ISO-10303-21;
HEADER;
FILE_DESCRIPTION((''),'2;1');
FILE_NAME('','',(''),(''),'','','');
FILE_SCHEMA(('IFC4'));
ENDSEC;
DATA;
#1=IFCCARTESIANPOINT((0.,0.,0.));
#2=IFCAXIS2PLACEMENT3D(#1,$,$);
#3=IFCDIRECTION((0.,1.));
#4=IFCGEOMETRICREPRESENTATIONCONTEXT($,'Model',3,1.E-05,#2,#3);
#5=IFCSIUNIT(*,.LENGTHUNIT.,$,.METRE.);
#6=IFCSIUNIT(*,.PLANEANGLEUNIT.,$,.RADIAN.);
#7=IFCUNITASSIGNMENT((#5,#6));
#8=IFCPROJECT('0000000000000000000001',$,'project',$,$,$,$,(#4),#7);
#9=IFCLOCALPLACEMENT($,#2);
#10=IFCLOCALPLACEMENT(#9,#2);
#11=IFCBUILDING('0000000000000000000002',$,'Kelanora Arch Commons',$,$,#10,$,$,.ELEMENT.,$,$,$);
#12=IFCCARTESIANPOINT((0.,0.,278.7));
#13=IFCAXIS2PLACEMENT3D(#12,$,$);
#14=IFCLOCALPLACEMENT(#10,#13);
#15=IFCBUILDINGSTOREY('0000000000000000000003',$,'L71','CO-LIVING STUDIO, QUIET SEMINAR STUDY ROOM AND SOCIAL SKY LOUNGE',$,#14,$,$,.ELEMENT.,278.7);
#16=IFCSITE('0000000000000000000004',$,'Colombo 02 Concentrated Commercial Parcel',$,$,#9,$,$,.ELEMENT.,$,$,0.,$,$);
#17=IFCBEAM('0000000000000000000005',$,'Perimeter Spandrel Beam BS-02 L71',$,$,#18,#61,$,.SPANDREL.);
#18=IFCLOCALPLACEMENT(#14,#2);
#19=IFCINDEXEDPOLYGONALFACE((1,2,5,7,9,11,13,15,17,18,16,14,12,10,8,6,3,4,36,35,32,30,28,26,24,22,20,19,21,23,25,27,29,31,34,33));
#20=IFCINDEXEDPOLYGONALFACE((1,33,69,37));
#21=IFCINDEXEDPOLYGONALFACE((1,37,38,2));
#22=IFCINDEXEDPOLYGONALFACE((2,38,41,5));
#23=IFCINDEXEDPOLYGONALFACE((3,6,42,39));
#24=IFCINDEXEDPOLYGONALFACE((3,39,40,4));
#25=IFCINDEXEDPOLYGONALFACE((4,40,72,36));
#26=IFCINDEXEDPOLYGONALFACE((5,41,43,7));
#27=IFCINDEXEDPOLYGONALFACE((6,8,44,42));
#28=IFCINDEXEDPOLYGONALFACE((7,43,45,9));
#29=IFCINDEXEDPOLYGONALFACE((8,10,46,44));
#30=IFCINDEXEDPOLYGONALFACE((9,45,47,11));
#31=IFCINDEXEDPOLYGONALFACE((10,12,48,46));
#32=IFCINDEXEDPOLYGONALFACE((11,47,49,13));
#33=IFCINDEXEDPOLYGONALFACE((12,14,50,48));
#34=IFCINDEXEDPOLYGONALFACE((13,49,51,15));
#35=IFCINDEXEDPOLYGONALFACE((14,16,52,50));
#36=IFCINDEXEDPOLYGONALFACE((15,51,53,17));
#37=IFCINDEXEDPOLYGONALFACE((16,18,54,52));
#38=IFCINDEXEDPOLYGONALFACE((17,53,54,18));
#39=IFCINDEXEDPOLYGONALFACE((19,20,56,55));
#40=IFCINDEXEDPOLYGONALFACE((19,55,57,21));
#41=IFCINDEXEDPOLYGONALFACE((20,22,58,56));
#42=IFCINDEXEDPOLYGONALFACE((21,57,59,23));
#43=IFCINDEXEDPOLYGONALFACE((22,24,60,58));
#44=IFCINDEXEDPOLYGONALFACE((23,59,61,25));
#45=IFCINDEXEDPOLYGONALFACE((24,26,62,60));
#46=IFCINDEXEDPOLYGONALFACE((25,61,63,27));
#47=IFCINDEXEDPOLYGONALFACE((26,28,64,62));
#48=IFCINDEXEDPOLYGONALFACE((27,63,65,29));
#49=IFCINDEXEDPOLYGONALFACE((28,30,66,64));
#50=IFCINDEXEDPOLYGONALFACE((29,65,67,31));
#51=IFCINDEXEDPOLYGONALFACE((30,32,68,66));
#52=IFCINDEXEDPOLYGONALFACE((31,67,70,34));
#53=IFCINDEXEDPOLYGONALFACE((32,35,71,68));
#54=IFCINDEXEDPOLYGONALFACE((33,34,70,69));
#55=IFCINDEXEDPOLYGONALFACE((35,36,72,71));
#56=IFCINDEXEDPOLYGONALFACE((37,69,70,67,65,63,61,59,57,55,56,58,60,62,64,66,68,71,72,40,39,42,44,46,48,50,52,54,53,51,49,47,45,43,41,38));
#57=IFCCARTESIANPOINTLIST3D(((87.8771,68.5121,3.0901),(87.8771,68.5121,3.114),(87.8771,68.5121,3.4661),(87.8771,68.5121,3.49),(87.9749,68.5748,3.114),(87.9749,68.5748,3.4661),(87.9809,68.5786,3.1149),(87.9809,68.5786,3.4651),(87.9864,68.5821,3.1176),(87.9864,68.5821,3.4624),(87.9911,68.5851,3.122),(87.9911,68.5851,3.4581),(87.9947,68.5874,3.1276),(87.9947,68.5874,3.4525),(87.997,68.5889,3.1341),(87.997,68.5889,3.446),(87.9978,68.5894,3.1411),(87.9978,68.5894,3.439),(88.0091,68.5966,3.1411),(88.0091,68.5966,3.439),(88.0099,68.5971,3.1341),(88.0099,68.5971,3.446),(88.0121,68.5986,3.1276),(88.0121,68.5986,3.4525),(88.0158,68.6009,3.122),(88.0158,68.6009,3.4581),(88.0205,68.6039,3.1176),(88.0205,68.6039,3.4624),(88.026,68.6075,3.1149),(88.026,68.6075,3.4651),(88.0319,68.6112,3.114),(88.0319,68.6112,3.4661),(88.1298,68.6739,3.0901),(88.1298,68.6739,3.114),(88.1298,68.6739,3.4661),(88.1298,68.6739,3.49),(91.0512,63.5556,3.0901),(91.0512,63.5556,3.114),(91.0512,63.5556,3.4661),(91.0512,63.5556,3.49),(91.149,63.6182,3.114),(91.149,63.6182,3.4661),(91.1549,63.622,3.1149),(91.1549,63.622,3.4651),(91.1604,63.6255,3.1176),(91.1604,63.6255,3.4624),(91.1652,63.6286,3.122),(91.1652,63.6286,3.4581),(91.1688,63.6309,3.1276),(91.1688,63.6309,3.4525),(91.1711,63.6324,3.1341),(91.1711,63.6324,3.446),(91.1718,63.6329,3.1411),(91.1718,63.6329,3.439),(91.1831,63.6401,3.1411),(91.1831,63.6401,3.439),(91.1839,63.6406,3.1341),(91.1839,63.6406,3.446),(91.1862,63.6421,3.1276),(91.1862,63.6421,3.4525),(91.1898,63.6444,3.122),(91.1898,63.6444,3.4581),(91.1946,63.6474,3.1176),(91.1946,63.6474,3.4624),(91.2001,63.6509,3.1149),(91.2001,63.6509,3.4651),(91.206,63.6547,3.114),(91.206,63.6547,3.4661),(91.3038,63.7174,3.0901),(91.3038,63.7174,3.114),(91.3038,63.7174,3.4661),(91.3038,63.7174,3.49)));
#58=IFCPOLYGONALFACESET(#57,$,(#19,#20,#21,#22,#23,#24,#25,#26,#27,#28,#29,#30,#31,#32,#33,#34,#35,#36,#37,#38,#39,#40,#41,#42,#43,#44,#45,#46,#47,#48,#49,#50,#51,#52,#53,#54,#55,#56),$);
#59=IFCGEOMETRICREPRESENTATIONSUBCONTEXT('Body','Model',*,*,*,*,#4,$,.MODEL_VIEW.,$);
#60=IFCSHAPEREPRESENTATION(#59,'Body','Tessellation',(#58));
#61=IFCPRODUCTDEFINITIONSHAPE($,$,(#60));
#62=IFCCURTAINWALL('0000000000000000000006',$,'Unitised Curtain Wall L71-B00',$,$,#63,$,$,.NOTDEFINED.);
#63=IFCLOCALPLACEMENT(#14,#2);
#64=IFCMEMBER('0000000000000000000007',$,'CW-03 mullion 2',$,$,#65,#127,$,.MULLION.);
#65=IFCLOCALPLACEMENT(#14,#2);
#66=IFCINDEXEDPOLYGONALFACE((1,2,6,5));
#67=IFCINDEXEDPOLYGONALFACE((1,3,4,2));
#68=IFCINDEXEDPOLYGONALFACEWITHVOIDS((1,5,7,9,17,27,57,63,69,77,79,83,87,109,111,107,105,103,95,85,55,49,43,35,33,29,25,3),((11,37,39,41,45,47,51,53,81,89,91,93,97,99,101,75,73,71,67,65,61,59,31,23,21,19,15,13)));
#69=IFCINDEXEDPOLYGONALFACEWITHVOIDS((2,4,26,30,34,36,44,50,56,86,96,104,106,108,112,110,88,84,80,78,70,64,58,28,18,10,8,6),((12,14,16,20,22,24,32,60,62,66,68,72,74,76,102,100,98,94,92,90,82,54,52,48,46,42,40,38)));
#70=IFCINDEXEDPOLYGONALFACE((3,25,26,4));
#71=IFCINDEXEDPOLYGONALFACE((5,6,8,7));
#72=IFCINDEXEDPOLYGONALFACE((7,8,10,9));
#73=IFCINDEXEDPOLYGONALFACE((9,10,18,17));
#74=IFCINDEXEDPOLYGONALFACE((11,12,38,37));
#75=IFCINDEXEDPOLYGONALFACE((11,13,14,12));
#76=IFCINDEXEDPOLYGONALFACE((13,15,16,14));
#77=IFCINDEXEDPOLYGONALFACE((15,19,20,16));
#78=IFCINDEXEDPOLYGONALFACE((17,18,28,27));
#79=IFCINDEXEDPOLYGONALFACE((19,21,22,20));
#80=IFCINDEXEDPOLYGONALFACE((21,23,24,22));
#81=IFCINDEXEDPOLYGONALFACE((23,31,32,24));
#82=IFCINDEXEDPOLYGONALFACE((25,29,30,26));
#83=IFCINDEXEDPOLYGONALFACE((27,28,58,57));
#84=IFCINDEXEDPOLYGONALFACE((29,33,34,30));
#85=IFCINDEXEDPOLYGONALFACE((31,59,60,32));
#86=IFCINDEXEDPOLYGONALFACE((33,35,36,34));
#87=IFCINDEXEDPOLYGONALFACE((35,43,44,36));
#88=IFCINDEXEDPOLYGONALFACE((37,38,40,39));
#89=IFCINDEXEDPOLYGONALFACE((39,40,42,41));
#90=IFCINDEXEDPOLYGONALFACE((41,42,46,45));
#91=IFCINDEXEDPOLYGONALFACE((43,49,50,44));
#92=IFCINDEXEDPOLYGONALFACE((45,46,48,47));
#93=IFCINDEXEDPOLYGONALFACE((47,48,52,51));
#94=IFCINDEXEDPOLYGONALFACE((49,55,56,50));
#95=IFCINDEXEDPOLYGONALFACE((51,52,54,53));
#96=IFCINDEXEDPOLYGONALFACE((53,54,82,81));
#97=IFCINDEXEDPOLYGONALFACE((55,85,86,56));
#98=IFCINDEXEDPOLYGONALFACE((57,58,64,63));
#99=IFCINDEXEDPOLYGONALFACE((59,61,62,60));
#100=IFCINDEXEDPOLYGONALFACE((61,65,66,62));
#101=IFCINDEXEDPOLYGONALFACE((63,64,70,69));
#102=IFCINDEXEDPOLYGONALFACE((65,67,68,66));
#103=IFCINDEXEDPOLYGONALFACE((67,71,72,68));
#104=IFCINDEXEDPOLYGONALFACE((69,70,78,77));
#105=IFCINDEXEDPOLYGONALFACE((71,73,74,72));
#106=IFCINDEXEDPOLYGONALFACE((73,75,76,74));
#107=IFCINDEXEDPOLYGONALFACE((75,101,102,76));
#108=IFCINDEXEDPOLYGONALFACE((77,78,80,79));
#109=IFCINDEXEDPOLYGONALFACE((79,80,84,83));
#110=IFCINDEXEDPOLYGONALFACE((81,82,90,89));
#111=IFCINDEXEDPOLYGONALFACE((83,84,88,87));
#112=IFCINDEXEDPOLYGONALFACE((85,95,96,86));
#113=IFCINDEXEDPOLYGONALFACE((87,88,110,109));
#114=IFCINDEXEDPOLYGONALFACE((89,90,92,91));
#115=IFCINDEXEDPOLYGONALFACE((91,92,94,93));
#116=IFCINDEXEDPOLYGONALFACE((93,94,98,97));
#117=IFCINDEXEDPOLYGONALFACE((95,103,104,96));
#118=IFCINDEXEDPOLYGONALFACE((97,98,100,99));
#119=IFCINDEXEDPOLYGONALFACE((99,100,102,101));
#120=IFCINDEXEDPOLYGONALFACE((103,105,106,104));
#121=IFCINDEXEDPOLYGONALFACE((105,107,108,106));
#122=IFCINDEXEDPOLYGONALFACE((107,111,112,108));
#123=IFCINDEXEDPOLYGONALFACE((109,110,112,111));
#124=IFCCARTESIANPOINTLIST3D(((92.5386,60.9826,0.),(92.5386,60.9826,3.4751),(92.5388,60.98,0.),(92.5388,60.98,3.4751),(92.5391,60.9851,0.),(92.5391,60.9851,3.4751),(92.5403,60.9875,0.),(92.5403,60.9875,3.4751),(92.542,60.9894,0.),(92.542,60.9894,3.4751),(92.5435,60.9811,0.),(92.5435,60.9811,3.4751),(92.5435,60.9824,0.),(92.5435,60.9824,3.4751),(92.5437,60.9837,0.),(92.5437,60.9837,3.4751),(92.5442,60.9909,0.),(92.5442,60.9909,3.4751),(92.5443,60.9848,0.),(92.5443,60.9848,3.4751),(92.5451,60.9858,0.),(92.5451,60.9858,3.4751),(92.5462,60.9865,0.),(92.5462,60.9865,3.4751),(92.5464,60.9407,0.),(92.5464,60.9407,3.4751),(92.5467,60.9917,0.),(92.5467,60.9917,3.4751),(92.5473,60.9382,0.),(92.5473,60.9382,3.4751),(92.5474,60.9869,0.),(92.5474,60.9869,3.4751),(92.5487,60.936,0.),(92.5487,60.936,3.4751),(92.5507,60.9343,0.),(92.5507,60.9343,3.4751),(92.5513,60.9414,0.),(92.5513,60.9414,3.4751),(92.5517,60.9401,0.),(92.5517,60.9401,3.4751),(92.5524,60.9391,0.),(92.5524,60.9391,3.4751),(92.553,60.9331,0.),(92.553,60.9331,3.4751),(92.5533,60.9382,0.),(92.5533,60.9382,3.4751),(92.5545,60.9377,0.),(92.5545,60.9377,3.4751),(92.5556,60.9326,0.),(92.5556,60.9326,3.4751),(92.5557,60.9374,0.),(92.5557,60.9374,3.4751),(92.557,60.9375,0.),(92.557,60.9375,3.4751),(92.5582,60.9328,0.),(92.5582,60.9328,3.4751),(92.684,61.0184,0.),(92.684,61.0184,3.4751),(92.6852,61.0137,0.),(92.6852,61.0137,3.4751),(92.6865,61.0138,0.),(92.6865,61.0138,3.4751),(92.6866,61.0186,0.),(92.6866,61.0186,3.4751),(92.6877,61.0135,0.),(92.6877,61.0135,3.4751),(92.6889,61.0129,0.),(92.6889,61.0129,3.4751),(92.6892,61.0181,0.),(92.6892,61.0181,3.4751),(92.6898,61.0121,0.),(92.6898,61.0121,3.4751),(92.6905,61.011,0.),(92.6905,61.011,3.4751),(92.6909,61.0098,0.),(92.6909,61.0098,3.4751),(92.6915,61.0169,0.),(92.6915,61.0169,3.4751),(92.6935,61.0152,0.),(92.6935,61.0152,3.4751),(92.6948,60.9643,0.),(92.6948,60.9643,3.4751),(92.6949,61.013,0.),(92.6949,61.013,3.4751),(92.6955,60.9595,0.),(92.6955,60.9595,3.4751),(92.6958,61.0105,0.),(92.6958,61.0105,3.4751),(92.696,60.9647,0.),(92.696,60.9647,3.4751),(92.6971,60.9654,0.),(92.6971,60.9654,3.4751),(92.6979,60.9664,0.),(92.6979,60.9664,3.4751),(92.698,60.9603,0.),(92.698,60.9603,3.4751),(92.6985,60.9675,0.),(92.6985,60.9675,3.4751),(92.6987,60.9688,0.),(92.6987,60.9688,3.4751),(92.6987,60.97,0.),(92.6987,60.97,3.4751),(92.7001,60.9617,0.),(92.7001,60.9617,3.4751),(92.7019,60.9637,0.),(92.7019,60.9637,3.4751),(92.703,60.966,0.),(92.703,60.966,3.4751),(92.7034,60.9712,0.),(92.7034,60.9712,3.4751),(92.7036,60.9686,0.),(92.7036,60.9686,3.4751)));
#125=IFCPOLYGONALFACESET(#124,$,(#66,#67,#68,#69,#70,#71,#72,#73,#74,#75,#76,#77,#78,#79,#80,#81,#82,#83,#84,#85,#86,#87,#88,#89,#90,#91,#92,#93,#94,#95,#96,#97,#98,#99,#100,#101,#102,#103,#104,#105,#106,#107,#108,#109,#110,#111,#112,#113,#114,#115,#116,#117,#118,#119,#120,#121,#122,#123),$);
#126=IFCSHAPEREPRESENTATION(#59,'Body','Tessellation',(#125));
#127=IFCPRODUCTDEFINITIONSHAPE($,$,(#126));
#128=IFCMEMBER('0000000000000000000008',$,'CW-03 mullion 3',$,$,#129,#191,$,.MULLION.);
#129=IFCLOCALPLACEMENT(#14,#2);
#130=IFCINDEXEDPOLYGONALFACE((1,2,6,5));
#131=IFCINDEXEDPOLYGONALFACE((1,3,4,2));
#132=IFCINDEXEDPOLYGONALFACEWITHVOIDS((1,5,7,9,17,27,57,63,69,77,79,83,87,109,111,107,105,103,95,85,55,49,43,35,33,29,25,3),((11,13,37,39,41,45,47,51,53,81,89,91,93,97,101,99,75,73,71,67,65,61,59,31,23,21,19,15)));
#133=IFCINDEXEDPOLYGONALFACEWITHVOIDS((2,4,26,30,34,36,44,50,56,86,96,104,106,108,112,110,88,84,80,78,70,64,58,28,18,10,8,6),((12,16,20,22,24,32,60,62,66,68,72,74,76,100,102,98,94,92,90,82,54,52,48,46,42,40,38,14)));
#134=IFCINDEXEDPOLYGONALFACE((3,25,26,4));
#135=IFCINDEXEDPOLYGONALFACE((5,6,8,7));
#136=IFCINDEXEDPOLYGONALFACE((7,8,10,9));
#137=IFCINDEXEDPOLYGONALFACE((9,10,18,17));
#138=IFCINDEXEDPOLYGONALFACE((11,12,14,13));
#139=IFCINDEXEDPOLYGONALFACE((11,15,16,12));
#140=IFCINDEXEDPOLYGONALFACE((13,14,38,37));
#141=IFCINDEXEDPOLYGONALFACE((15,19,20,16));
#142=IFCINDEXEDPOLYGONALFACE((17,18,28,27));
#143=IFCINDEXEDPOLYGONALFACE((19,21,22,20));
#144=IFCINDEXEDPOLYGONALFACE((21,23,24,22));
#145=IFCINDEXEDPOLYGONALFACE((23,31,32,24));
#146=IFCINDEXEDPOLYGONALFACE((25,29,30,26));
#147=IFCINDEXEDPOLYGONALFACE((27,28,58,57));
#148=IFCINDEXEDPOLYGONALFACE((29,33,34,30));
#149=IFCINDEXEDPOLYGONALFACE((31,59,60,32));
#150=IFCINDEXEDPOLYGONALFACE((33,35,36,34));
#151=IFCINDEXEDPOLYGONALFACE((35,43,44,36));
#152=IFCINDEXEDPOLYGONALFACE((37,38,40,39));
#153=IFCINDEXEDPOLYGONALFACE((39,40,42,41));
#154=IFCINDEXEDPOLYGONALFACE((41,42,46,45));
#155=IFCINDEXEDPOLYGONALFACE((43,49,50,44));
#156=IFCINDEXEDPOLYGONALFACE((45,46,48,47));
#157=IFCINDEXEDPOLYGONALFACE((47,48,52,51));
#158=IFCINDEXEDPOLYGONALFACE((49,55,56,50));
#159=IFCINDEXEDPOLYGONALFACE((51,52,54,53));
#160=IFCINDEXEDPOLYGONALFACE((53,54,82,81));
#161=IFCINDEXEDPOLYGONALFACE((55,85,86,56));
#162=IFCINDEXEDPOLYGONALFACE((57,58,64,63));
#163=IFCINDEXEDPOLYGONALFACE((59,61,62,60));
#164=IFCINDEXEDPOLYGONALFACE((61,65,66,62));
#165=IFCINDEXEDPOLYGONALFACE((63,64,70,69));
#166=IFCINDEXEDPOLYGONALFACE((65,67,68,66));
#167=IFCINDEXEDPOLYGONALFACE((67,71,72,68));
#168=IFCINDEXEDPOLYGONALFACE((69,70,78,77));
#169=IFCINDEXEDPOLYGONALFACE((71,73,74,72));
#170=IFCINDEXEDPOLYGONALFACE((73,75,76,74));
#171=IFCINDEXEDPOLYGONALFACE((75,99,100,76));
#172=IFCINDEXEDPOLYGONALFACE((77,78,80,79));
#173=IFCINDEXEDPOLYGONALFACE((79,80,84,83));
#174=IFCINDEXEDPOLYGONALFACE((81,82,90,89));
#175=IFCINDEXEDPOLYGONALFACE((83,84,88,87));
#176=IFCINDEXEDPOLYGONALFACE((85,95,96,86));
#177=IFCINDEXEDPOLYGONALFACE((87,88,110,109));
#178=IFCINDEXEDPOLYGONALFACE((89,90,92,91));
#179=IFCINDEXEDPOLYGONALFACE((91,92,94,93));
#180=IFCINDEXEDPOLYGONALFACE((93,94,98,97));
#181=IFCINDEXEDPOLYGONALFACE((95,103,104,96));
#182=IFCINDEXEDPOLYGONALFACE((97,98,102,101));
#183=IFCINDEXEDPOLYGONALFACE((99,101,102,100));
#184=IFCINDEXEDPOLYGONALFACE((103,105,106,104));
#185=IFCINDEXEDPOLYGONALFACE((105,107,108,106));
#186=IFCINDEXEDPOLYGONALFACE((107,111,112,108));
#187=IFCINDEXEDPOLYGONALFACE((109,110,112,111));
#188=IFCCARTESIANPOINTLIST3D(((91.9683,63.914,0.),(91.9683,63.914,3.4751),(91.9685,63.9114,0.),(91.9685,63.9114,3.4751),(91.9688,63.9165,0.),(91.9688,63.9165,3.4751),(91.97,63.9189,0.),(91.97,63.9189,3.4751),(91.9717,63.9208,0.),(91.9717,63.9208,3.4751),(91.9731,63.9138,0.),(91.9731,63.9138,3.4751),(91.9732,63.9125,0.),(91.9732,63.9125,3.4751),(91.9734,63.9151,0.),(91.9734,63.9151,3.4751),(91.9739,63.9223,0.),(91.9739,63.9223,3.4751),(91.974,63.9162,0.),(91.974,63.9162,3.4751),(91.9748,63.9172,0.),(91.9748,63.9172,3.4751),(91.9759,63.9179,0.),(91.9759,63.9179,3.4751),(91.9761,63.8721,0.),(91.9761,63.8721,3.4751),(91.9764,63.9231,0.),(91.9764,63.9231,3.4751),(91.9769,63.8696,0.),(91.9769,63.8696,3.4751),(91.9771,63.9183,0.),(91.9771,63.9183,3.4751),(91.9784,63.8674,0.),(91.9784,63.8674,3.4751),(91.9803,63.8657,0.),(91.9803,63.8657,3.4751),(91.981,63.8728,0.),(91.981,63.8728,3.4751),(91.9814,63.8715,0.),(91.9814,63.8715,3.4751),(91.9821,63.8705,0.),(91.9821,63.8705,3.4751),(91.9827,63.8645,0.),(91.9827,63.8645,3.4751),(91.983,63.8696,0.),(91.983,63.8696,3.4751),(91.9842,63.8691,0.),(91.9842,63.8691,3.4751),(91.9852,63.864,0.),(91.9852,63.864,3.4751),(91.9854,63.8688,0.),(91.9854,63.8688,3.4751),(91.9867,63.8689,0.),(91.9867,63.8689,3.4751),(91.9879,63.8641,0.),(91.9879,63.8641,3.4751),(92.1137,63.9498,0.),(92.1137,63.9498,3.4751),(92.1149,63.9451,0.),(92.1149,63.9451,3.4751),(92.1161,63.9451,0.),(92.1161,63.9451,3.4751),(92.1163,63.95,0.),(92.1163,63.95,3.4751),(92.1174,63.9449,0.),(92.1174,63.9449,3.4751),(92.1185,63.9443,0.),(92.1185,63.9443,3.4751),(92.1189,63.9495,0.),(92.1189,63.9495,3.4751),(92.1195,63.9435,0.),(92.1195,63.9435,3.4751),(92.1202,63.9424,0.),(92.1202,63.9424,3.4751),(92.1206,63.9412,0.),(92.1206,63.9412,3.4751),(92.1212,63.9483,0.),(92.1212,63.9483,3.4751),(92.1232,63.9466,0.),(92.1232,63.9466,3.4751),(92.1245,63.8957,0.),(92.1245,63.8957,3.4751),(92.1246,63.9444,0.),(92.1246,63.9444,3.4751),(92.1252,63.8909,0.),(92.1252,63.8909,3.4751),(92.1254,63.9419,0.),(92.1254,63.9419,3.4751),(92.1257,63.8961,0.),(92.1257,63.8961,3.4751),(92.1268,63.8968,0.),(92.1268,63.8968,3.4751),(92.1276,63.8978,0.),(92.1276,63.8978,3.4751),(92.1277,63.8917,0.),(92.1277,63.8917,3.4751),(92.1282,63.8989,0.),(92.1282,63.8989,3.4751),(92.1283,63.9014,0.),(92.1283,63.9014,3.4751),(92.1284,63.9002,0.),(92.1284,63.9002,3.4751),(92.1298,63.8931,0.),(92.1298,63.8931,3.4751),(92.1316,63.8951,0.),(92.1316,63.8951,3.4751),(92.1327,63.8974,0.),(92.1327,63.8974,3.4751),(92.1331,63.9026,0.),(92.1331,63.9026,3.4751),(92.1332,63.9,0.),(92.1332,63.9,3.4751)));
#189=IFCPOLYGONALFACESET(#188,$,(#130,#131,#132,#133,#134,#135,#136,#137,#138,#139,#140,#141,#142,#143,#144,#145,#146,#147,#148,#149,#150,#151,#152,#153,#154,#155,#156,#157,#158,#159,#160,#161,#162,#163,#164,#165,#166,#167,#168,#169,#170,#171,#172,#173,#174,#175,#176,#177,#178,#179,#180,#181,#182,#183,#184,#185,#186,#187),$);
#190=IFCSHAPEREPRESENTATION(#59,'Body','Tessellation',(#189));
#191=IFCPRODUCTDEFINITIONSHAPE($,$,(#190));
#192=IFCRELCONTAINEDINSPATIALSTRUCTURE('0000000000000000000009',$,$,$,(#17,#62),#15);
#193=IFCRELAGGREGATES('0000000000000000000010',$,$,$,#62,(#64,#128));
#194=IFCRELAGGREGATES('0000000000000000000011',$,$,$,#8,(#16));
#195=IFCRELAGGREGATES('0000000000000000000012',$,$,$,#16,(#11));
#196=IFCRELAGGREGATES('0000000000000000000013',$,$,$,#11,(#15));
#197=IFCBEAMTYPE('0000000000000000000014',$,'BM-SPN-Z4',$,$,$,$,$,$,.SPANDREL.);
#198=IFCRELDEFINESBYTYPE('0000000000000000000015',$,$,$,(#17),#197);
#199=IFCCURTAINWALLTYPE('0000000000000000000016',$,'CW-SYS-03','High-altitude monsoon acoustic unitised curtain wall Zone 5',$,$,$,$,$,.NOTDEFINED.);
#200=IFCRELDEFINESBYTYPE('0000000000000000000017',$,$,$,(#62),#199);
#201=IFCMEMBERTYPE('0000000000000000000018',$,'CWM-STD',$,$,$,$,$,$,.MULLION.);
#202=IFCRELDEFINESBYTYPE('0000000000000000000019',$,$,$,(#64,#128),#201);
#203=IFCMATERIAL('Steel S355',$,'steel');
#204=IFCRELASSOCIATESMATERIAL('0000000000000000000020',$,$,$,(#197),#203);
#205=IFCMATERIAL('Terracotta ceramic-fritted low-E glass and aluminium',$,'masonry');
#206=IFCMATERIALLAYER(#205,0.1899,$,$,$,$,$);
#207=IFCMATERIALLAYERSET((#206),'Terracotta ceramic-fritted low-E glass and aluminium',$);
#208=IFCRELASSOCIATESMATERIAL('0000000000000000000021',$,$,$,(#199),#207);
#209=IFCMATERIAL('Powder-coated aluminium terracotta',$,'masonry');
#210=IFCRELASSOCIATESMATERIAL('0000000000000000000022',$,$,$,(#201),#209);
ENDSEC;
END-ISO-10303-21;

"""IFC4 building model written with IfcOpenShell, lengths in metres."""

from ifc_helpers import new_model, si_unit, direction, frame, origin, origin_2d, place, context, subcontext, project, spatial, hollow_rectangle, i_section, extrude, material, layer, layer_set, material_profile, profile_set, type_object, element, aggregate, save


model = new_model("IFC4")

# Units and contexts
model_context = context("Model", 3, precision=1e-05, world=origin(), true_north=direction((0.0, 1.0)))
body_context = subcontext(model_context, "Body", "Model", "MODEL_VIEW")
ifc_project = project(units=[si_unit("LENGTHUNIT", "METRE"), si_unit("PLANEANGLEUNIT", "RADIAN")], contexts=[model_context])

# Site, building, storey
site_placement = place(None, origin())
site = spatial("IfcSite", under=ifc_project, at=site_placement, Name="Colombo 02 Concentrated Commercial Parcel", CompositionType="ELEMENT", RefElevation=0.0)
building_placement = place(site_placement, origin())
building = spatial("IfcBuilding", under=site, at=building_placement, Name="Kelanora Arch Commons", CompositionType="ELEMENT")
storey_placement = place(building_placement, frame((0.0, 0.0, 278.7)))
storey = spatial("IfcBuildingStorey", under=building, at=storey_placement, Name="L71", Description="CO-LIVING STUDIO, QUIET SEMINAR STUDY ROOM AND SOCIAL SKY LOUNGE", CompositionType="ELEMENT", Elevation=278.7)

# Beam
ifc_material_1 = material(Name="Steel S355", Category="steel")
ifc_material_profile_1 = material_profile(ifc_material_1, i_section(OverallWidth=0.3, OverallDepth=0.3999, WebThickness=0.0134, FlangeThickness=0.0239, FilletRadius=0.0271, at=origin_2d()), Name="HEB400")
ifc_profile_set_1 = profile_set([ifc_material_profile_1], Name="Steel S355")
beam_type_1 = type_object("IfcBeamType", Name="BM-SPN-Z4", PredefinedType="SPANDREL", material=ifc_profile_set_1)
beam_1_placement = place(storey_placement, frame((91.1775, 63.6365, 3.29), z_axis=(-0.539281, 0.842126, 0.0), x_axis=(-0.842126, -0.539281, 0.0)))
element("IfcBeam", 1, at=beam_1_placement, inside=storey, type_object=beam_type_1, Name="Perimeter Spandrel Beam BS-02 L71", PredefinedType="SPANDREL", context=body_context, shape_type="SweptSolid", body=[
    extrude(i_section(OverallWidth=0.3, OverallDepth=0.3999, WebThickness=0.0134, FlangeThickness=0.0239, FilletRadius=0.0271, at=origin_2d()), origin(), (0.0, 0.0, 1.0), 5.8857),
])

# Curtain wall, members
ifc_material_2 = material(Name="Terracotta ceramic-fritted low-E glass and aluminium", Category="masonry")
ifc_layer_1 = layer(ifc_material_2, 0.1899)
ifc_layer_set_1 = layer_set([ifc_layer_1], Name="Terracotta ceramic-fritted low-E glass and aluminium")
curtain_wall_type = type_object("IfcCurtainWallType", Name="CW-SYS-03", Description="High-altitude monsoon acoustic unitised curtain wall Zone 5", PredefinedType="NOTDEFINED", material=ifc_layer_set_1)
curtain_wall_placement = place(storey_placement, origin())
curtain_wall = element("IfcCurtainWall", 2, at=curtain_wall_placement, inside=storey, type_object=curtain_wall_type, Name="Unitised Curtain Wall L71-B00", PredefinedType="NOTDEFINED")
ifc_material_3 = material(Name="Powder-coated aluminium terracotta", Category="masonry")
ifc_material_profile_2 = material_profile(ifc_material_3, hollow_rectangle(XDim=0.1599, YDim=0.0601, WallThickness=0.0049, InnerFilletRadius=0.0049, OuterFilletRadius=0.01, at=origin_2d()), Name="CWM160x60")
ifc_profile_set_2 = profile_set([ifc_material_profile_2], Name="Powder-coated aluminium terracotta")
member_type_1 = type_object("IfcMemberType", Name="CWM-STD", PredefinedType="MULLION", material=ifc_profile_set_2)
member_1_placement = place(storey_placement, frame((92.6211, 60.9756, 0.0), z_axis=(0.0, 0.0, 1.0), x_axis=(-0.981596, -0.190972, 0.0)))
member_1 = element("IfcMember", 3, at=member_1_placement, type_object=member_type_1, Name="CW-03 mullion 2", PredefinedType="MULLION", context=body_context, shape_type="SweptSolid", body=[
    extrude(hollow_rectangle(XDim=0.1599, YDim=0.0601, WallThickness=0.0049, InnerFilletRadius=0.0049, OuterFilletRadius=0.01, at=origin_2d()), origin(), (0.0, 0.0, 1.0), 3.4751),
])
member_2_placement = place(storey_placement, frame((92.0508, 63.907, 0.0), z_axis=(0.0, 0.0, 1.0), x_axis=(-0.981596, -0.190972, 0.0)))
member_2 = element("IfcMember", 4, at=member_2_placement, type_object=member_type_1, Name="CW-03 mullion 3", PredefinedType="MULLION", context=body_context, shape_type="SweptSolid", body=[
    extrude(hollow_rectangle(XDim=0.1599, YDim=0.0601, WallThickness=0.0049, InnerFilletRadius=0.0049, OuterFilletRadius=0.01, at=origin_2d()), origin(), (0.0, 0.0, 1.0), 3.4751),
])
aggregate(curtain_wall, [member_1, member_2])

save(model, "model.ifc")
